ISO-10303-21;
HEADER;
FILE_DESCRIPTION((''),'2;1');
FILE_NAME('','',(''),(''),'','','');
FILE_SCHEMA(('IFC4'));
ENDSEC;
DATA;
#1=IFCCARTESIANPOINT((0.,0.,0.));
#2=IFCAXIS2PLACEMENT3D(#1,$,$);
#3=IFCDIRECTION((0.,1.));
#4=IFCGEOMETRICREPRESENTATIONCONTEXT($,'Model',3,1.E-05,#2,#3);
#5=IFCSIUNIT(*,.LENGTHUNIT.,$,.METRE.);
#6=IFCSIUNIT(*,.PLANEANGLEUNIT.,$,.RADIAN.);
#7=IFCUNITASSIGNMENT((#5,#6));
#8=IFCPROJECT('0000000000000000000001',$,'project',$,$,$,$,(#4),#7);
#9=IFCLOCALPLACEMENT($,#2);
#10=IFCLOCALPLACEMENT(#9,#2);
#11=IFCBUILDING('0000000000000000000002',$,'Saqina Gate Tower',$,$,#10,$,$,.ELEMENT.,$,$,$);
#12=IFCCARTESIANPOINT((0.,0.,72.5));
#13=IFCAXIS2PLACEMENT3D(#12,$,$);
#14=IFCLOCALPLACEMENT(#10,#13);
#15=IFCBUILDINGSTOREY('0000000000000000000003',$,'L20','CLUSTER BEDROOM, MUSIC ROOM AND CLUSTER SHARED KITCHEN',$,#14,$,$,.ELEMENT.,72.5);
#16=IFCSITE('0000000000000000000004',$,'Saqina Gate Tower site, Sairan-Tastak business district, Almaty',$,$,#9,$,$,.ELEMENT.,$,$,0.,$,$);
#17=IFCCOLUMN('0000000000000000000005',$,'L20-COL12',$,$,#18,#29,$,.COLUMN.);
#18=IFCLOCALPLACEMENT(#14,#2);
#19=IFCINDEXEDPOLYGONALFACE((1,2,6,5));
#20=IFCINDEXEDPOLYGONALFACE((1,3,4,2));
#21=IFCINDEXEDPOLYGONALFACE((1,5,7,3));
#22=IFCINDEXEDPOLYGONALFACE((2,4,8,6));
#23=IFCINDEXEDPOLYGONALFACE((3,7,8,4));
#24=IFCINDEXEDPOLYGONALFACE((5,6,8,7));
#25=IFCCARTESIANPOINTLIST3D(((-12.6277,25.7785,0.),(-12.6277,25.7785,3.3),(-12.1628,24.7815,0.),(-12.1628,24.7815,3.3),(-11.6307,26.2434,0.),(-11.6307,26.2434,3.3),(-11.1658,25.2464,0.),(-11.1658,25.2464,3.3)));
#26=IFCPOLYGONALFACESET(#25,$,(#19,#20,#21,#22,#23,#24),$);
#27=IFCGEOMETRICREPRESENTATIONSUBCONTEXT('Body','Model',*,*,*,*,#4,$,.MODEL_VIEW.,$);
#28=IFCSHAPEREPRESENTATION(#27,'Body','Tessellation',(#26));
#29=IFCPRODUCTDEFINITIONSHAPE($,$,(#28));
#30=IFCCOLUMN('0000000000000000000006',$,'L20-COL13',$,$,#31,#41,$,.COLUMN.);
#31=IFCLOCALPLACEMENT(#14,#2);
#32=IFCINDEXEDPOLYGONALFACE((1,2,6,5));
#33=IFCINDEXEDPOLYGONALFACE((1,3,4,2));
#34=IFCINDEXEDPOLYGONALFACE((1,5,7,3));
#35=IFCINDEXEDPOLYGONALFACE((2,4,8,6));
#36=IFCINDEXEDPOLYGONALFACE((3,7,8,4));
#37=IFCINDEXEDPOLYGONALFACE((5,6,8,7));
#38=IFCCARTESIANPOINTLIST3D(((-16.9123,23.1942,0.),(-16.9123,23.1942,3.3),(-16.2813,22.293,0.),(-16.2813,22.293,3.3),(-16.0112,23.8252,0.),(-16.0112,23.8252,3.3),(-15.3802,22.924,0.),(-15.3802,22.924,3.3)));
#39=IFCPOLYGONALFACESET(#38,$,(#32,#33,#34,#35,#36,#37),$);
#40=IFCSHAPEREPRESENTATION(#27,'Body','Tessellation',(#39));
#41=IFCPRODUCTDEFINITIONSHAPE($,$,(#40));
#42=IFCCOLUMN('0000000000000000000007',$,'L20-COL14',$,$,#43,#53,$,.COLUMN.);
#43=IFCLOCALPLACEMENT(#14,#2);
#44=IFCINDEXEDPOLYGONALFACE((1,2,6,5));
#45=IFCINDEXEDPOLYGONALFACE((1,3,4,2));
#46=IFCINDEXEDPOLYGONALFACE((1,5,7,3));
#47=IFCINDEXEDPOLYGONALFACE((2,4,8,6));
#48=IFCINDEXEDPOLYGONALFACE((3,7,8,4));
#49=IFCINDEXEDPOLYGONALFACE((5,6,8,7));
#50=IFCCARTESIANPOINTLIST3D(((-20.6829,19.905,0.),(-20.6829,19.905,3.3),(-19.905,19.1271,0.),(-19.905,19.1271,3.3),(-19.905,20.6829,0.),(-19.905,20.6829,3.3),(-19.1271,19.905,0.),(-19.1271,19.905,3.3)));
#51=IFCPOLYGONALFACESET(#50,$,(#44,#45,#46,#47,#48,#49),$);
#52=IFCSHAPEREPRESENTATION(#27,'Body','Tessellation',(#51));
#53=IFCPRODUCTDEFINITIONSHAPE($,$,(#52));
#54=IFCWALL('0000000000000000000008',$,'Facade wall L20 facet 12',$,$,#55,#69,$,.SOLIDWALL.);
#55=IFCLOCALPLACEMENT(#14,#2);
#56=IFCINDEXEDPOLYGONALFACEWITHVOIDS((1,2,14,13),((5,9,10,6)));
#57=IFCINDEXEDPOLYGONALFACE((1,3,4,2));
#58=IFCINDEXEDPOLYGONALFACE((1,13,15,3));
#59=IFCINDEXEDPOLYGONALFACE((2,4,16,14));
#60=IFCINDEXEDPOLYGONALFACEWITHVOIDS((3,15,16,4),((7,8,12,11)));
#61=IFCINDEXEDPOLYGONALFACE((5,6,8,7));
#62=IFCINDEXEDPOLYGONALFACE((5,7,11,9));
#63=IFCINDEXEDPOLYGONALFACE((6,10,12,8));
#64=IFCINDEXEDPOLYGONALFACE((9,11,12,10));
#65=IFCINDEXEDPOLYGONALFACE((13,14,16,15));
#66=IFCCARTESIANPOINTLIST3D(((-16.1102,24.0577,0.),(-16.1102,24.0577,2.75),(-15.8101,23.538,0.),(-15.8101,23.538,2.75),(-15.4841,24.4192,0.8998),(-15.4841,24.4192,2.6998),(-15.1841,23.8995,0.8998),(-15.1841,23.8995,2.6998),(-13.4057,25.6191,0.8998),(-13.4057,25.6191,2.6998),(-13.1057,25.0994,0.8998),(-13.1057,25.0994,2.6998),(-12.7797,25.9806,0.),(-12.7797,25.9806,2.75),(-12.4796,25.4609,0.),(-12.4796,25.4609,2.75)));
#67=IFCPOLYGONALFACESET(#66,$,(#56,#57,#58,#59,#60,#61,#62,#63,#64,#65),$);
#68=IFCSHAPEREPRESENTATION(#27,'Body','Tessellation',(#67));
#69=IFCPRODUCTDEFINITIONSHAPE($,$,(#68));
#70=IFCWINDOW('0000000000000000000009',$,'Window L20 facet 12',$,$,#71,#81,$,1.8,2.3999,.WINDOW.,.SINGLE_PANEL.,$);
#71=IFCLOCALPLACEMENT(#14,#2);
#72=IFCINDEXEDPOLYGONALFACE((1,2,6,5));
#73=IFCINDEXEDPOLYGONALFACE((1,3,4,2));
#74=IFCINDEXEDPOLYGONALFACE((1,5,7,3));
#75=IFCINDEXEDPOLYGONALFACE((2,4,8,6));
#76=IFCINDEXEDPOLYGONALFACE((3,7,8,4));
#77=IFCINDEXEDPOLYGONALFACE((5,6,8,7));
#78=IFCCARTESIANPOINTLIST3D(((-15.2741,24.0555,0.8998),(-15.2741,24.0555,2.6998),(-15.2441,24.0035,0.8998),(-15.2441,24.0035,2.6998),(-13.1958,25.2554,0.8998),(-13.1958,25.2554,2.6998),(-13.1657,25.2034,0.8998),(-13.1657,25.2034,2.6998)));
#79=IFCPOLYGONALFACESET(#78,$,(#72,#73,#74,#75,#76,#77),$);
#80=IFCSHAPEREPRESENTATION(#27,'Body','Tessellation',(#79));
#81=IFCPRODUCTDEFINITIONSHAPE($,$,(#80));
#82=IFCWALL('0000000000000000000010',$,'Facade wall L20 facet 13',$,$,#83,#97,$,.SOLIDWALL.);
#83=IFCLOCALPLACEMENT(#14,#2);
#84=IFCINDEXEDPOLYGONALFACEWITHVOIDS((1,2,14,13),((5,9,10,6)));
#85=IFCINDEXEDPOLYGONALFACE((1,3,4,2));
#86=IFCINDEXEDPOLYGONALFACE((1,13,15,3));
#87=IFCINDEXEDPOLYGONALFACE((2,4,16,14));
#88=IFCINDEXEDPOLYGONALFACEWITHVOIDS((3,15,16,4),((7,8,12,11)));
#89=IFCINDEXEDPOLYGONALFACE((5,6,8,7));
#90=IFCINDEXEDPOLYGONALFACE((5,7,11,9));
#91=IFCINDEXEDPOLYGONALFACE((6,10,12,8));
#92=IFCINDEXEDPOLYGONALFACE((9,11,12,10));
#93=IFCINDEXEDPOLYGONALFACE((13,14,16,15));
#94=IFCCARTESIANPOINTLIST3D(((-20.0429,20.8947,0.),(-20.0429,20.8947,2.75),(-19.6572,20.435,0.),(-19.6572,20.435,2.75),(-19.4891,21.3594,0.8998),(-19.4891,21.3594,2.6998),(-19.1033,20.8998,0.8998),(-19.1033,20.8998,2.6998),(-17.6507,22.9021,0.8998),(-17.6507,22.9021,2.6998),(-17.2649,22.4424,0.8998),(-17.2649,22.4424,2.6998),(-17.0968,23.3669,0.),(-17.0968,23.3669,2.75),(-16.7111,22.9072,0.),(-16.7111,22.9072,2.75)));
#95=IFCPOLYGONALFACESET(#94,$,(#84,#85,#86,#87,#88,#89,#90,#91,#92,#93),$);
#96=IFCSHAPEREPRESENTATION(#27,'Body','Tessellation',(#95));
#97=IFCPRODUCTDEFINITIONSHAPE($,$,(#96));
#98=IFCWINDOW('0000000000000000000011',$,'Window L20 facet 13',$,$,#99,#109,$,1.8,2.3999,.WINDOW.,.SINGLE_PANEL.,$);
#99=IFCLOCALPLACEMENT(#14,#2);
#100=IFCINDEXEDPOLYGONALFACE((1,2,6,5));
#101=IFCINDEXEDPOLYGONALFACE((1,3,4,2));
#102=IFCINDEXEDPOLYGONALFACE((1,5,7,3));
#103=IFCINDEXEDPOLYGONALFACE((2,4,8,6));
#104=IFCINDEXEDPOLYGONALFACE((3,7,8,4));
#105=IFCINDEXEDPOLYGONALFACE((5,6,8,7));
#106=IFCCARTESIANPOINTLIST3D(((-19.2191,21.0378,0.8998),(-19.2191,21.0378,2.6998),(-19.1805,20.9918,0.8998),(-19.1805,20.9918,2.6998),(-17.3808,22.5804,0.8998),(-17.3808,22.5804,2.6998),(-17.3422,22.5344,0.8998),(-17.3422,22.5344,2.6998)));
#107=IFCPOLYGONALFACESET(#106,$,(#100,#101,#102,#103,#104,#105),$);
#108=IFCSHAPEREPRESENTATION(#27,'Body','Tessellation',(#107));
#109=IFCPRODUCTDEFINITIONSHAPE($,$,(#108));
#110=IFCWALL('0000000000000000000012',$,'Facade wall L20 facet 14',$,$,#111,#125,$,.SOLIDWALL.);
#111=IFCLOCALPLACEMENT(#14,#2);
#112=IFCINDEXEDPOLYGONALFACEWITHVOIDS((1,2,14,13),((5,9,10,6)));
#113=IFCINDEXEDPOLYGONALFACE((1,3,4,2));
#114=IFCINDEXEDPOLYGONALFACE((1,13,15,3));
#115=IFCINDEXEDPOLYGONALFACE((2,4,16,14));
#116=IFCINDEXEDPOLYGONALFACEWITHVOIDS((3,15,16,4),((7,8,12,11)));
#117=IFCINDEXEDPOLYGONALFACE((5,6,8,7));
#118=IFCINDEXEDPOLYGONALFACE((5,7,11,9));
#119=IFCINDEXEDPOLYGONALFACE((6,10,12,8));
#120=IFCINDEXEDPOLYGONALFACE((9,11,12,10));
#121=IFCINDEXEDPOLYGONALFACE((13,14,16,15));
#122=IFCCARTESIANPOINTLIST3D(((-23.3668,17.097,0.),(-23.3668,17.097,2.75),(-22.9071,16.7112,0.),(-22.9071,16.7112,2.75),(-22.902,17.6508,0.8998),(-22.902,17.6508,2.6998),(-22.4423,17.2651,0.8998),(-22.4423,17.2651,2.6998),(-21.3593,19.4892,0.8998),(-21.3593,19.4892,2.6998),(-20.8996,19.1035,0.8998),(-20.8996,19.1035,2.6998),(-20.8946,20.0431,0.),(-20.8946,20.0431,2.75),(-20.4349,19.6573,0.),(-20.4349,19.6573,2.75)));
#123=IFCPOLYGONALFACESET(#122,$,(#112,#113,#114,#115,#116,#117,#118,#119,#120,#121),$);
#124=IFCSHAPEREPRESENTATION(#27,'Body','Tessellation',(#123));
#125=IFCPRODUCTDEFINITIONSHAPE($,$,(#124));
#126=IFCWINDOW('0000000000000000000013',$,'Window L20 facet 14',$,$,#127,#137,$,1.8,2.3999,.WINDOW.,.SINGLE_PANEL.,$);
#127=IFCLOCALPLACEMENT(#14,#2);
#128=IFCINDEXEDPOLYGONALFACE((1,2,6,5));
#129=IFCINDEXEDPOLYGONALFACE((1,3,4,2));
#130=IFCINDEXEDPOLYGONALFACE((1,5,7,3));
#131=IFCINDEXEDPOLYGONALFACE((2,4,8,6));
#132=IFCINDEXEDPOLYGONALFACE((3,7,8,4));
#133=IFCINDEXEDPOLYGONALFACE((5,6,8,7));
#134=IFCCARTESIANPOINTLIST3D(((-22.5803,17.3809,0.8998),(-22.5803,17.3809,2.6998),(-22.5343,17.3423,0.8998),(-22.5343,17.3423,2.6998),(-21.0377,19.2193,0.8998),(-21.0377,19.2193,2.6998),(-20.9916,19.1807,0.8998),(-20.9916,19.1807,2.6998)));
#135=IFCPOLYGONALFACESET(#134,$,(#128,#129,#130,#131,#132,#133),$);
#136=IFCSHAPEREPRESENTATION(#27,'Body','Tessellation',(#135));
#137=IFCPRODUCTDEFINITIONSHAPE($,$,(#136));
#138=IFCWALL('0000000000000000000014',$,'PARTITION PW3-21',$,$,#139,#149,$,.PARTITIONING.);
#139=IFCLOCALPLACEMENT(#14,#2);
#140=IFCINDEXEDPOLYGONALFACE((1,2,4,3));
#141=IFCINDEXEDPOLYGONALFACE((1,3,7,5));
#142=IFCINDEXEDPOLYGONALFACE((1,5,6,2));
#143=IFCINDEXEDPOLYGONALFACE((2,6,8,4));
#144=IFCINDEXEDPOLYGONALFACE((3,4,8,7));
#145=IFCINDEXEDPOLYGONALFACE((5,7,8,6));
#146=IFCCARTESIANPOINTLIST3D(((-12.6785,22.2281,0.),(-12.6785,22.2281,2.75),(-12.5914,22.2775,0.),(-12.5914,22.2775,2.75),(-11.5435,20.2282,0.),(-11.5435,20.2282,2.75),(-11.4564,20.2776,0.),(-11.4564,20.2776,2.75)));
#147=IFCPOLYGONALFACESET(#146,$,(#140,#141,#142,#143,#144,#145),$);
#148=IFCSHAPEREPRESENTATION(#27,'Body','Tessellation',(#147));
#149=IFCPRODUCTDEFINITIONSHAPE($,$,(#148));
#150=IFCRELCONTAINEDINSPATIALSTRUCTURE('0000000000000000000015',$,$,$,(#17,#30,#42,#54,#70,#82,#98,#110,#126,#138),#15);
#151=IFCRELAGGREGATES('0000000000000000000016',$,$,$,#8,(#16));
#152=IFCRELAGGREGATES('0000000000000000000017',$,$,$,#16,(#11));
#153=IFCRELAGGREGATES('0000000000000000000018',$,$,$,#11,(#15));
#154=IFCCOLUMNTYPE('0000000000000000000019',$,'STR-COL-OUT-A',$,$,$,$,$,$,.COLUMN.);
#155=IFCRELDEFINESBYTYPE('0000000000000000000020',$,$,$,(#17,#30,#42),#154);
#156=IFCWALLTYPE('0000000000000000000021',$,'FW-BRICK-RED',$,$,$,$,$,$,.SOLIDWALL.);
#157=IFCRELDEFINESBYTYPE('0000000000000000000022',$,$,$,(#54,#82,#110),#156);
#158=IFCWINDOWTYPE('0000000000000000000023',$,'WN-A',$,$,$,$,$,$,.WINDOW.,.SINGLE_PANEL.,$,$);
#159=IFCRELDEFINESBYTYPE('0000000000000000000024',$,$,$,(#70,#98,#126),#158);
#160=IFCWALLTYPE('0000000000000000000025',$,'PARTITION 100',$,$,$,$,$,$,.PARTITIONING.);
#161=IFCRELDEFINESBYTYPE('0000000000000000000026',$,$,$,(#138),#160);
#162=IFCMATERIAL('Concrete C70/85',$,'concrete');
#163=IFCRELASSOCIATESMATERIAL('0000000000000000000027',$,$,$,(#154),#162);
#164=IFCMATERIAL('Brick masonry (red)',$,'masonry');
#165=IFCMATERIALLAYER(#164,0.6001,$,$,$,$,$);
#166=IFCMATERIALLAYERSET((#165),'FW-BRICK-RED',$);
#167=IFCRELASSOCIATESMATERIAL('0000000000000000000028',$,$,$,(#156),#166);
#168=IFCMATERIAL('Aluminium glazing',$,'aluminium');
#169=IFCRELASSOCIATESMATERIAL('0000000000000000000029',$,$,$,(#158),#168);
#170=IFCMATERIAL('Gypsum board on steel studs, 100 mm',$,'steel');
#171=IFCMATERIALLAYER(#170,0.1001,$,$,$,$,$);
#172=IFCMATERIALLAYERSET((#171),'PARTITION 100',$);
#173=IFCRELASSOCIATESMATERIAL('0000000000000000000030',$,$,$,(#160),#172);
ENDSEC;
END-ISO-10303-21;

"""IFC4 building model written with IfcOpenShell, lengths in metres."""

from ifc_helpers import new_model, si_unit, direction, frame, frame_2d, origin, origin_2d, place, context, subcontext, project, spatial, rectangle, extrude, material, layer, layer_set, material_profile, profile_set, type_object, element, fill, save


model = new_model("IFC4")

# Units and contexts
model_context = context("Model", 3, precision=1e-05, world=origin(), true_north=direction((0.0, 1.0)))
body_context = subcontext(model_context, "Body", "Model", "MODEL_VIEW")
ifc_project = project(units=[si_unit("LENGTHUNIT", "METRE"), si_unit("PLANEANGLEUNIT", "RADIAN")], contexts=[model_context])

# Site, building, storey
site_placement = place(None, origin())
site = spatial("IfcSite", under=ifc_project, at=site_placement, Name="Saqina Gate Tower site, Sairan-Tastak business district, Almaty", CompositionType="ELEMENT", RefElevation=0.0)
building_placement = place(site_placement, origin())
building = spatial("IfcBuilding", under=site, at=building_placement, Name="Saqina Gate Tower", CompositionType="ELEMENT")
storey_placement = place(building_placement, frame((0.0, 0.0, 72.5)))
storey = spatial("IfcBuildingStorey", under=building, at=storey_placement, Name="L20", Description="CLUSTER BEDROOM, MUSIC ROOM AND CLUSTER SHARED KITCHEN", CompositionType="ELEMENT", Elevation=72.5)

# Columns
ifc_material_1 = material(Name="Concrete C70/85", Category="concrete")
ifc_material_profile = material_profile(ifc_material_1, rectangle(XDim=1.1001, YDim=1.1001, at=origin_2d()), Name="RC 1100x1100")
ifc_profile_set = profile_set([ifc_material_profile], Name="Concrete C70/85")
column_type = type_object("IfcColumnType", Name="STR-COL-OUT-A", PredefinedType="COLUMN", material=ifc_profile_set)
for number, where, z_axis, x_axis, name in (
    (1, (-11.8967, 25.5125, 0.0), (0.0, 0.0, 1.0), (-0.422618, 0.906308, 0.0), "L20-COL12"),
    (2, (-16.1462, 23.0591, 0.0), (0.0, 0.0, 1.0), (-0.573576, 0.819152, 0.0), "L20-COL13"),
    (3, (-19.905, 19.905, 0.0), (0.0, 0.0, 1.0), (-0.707107, 0.707107, 0.0), "L20-COL14"),
):
    element("IfcColumn", number, at=place(storey_placement, frame(where, z_axis=z_axis, x_axis=x_axis)), inside=storey, type_object=column_type, Name=name, PredefinedType="COLUMN", context=body_context, shape_type="SweptSolid", body=[
        extrude(rectangle(XDim=1.1001, YDim=1.1001, at=origin_2d()), origin(), (0.0, 0.0, 1.0), 3.3),
    ])

# Walls, openings, windows
ifc_material_2 = material(Name="Brick masonry (red)", Category="masonry")
ifc_layer_1 = layer(ifc_material_2, 0.6001)
ifc_layer_set_1 = layer_set([ifc_layer_1], Name="FW-BRICK-RED")
wall_type_1 = type_object("IfcWallType", Name="FW-BRICK-RED", PredefinedType="SOLIDWALL", material=ifc_layer_set_1)
wall_1_placement = place(storey_placement, frame((-12.6296, 25.7207, 0.0), z_axis=(0.0, 0.0, 1.0), x_axis=(-0.866031, -0.49999, 0.0)))
wall_1 = element("IfcWall", 4, at=wall_1_placement, inside=storey, type_object=wall_type_1, Name="Facade wall L20 facet 12", PredefinedType="SOLIDWALL", context=body_context, shape_type="SweptSolid", body=[
    extrude(rectangle(XDim=3.8457, YDim=0.6001, at=frame_2d((1.9229, 0.0))), origin(), (0.0, 0.0, 1.0), 2.75),
])
opening_1_placement = place(wall_1_placement, frame((0.7229, 0.0, 0.8999)))
opening_1 = element("IfcOpeningElement", 5, at=opening_1_placement, cuts=wall_1, PredefinedType="OPENING", context=body_context, shape_type="SweptSolid", body=[
    extrude(rectangle(XDim=2.3999, YDim=1.8, at=frame_2d((1.2, 0.8999))), frame((0.0, 0.312, 0.0), z_axis=(0.0, -1.0, 0.0), x_axis=(1.0, 0.0, 0.0)), (0.0, 0.0, 1.0), 0.624),
])
ifc_material_3 = material(Name="Aluminium glazing", Category="aluminium")
window_type = type_object("IfcWindowType", Name="WN-A", PartitioningType="SINGLE_PANEL", PredefinedType="WINDOW", material=ifc_material_3)
window_1_placement = place(opening_1_placement, origin())
window_1 = element("IfcWindow", 6, at=window_1_placement, inside=storey, type_object=window_type, Name="Window L20 facet 12", OverallHeight=1.8, OverallWidth=2.3999, PartitioningType="SINGLE_PANEL", PredefinedType="WINDOW", context=body_context, shape_type="SweptSolid", body=[
    extrude(rectangle(XDim=2.3999, YDim=1.8, at=frame_2d((1.2, 0.8999))), frame((0.0, 0.1799, 0.0), z_axis=(0.0, -1.0, 0.0), x_axis=(1.0, 0.0, 0.0)), (0.0, 0.0, 1.0), 0.0601),
])
fill(opening_1, window_1)
wall_2_placement = place(storey_placement, frame((-16.9041, 23.137, 0.0), z_axis=(0.0, 0.0, 1.0), x_axis=(-0.766026, -0.642809, 0.0)))
wall_2 = element("IfcWall", 7, at=wall_2_placement, inside=storey, type_object=wall_type_1, Name="Facade wall L20 facet 13", PredefinedType="SOLIDWALL", context=body_context, shape_type="SweptSolid", body=[
    extrude(rectangle(XDim=3.8459, YDim=0.6001, at=frame_2d((1.9229, 0.0))), origin(), (0.0, 0.0, 1.0), 2.75),
])
opening_2_placement = place(wall_2_placement, frame((0.7229, 0.0, 0.8999)))
opening_2 = element("IfcOpeningElement", 8, at=opening_2_placement, cuts=wall_2, PredefinedType="OPENING", context=body_context, shape_type="SweptSolid", body=[
    extrude(rectangle(XDim=2.3999, YDim=1.8, at=frame_2d((1.2, 0.8999))), frame((0.0, 0.312, 0.0), z_axis=(0.0, -1.0, 0.0), x_axis=(1.0, 0.0, 0.0)), (0.0, 0.0, 1.0), 0.624),
])
window_2_placement = place(opening_2_placement, origin())
window_2 = element("IfcWindow", 9, at=window_2_placement, inside=storey, type_object=window_type, Name="Window L20 facet 13", OverallHeight=1.8, OverallWidth=2.3999, PartitioningType="SINGLE_PANEL", PredefinedType="WINDOW", context=body_context, shape_type="SweptSolid", body=[
    extrude(rectangle(XDim=2.3999, YDim=1.8, at=frame_2d((1.2, 0.8999))), frame((0.0, 0.1799, 0.0), z_axis=(0.0, -1.0, 0.0), x_axis=(1.0, 0.0, 0.0)), (0.0, 0.0, 1.0), 0.0601),
])
fill(opening_2, window_2)
wall_3_placement = place(storey_placement, frame((-20.6648, 19.8501, 0.0), z_axis=(0.0, 0.0, 1.0), x_axis=(-0.642809, -0.766026, 0.0)))
wall_3 = element("IfcWall", 10, at=wall_3_placement, inside=storey, type_object=wall_type_1, Name="Facade wall L20 facet 14", PredefinedType="SOLIDWALL", context=body_context, shape_type="SweptSolid", body=[
    extrude(rectangle(XDim=3.8459, YDim=0.6001, at=frame_2d((1.9229, 0.0))), origin(), (0.0, 0.0, 1.0), 2.75),
])
opening_3_placement = place(wall_3_placement, frame((0.7229, 0.0, 0.8999)))
opening_3 = element("IfcOpeningElement", 11, at=opening_3_placement, cuts=wall_3, PredefinedType="OPENING", context=body_context, shape_type="SweptSolid", body=[
    extrude(rectangle(XDim=2.3999, YDim=1.8, at=frame_2d((1.2, 0.8999))), frame((0.0, 0.312, 0.0), z_axis=(0.0, -1.0, 0.0), x_axis=(1.0, 0.0, 0.0)), (0.0, 0.0, 1.0), 0.624),
])
window_3_placement = place(opening_3_placement, origin())
window_3 = element("IfcWindow", 12, at=window_3_placement, inside=storey, type_object=window_type, Name="Window L20 facet 14", OverallHeight=1.8, OverallWidth=2.3999, PartitioningType="SINGLE_PANEL", PredefinedType="WINDOW", context=body_context, shape_type="SweptSolid", body=[
    extrude(rectangle(XDim=2.3999, YDim=1.8, at=frame_2d((1.2, 0.8999))), frame((0.0, 0.1799, 0.0), z_axis=(0.0, -1.0, 0.0), x_axis=(1.0, 0.0, 0.0)), (0.0, 0.0, 1.0), 0.0601),
])
fill(opening_3, window_3)

# Wall
ifc_material_4 = material(Name="Gypsum board on steel studs, 100 mm", Category="steel")
ifc_layer_2 = layer(ifc_material_4, 0.1001)
ifc_layer_set_2 = layer_set([ifc_layer_2], Name="PARTITION 100")
wall_type_2 = type_object("IfcWallType", Name="PARTITION 100", PredefinedType="PARTITIONING", material=ifc_layer_set_2)
wall_4_placement = place(storey_placement, frame((-12.635, 22.2529, 0.0), z_axis=(0.0, 0.0, 1.0), x_axis=(0.493564, -0.869709, 0.0)))
element("IfcWall", 13, at=wall_4_placement, inside=storey, type_object=wall_type_2, Name="PARTITION PW3-21", PredefinedType="PARTITIONING", context=body_context, shape_type="SweptSolid", body=[
    extrude(rectangle(XDim=2.2996, YDim=0.1001, at=frame_2d((1.1499, 0.0))), origin(), (0.0, 0.0, 1.0), 2.75),
])

save(model, "model.ifc")
